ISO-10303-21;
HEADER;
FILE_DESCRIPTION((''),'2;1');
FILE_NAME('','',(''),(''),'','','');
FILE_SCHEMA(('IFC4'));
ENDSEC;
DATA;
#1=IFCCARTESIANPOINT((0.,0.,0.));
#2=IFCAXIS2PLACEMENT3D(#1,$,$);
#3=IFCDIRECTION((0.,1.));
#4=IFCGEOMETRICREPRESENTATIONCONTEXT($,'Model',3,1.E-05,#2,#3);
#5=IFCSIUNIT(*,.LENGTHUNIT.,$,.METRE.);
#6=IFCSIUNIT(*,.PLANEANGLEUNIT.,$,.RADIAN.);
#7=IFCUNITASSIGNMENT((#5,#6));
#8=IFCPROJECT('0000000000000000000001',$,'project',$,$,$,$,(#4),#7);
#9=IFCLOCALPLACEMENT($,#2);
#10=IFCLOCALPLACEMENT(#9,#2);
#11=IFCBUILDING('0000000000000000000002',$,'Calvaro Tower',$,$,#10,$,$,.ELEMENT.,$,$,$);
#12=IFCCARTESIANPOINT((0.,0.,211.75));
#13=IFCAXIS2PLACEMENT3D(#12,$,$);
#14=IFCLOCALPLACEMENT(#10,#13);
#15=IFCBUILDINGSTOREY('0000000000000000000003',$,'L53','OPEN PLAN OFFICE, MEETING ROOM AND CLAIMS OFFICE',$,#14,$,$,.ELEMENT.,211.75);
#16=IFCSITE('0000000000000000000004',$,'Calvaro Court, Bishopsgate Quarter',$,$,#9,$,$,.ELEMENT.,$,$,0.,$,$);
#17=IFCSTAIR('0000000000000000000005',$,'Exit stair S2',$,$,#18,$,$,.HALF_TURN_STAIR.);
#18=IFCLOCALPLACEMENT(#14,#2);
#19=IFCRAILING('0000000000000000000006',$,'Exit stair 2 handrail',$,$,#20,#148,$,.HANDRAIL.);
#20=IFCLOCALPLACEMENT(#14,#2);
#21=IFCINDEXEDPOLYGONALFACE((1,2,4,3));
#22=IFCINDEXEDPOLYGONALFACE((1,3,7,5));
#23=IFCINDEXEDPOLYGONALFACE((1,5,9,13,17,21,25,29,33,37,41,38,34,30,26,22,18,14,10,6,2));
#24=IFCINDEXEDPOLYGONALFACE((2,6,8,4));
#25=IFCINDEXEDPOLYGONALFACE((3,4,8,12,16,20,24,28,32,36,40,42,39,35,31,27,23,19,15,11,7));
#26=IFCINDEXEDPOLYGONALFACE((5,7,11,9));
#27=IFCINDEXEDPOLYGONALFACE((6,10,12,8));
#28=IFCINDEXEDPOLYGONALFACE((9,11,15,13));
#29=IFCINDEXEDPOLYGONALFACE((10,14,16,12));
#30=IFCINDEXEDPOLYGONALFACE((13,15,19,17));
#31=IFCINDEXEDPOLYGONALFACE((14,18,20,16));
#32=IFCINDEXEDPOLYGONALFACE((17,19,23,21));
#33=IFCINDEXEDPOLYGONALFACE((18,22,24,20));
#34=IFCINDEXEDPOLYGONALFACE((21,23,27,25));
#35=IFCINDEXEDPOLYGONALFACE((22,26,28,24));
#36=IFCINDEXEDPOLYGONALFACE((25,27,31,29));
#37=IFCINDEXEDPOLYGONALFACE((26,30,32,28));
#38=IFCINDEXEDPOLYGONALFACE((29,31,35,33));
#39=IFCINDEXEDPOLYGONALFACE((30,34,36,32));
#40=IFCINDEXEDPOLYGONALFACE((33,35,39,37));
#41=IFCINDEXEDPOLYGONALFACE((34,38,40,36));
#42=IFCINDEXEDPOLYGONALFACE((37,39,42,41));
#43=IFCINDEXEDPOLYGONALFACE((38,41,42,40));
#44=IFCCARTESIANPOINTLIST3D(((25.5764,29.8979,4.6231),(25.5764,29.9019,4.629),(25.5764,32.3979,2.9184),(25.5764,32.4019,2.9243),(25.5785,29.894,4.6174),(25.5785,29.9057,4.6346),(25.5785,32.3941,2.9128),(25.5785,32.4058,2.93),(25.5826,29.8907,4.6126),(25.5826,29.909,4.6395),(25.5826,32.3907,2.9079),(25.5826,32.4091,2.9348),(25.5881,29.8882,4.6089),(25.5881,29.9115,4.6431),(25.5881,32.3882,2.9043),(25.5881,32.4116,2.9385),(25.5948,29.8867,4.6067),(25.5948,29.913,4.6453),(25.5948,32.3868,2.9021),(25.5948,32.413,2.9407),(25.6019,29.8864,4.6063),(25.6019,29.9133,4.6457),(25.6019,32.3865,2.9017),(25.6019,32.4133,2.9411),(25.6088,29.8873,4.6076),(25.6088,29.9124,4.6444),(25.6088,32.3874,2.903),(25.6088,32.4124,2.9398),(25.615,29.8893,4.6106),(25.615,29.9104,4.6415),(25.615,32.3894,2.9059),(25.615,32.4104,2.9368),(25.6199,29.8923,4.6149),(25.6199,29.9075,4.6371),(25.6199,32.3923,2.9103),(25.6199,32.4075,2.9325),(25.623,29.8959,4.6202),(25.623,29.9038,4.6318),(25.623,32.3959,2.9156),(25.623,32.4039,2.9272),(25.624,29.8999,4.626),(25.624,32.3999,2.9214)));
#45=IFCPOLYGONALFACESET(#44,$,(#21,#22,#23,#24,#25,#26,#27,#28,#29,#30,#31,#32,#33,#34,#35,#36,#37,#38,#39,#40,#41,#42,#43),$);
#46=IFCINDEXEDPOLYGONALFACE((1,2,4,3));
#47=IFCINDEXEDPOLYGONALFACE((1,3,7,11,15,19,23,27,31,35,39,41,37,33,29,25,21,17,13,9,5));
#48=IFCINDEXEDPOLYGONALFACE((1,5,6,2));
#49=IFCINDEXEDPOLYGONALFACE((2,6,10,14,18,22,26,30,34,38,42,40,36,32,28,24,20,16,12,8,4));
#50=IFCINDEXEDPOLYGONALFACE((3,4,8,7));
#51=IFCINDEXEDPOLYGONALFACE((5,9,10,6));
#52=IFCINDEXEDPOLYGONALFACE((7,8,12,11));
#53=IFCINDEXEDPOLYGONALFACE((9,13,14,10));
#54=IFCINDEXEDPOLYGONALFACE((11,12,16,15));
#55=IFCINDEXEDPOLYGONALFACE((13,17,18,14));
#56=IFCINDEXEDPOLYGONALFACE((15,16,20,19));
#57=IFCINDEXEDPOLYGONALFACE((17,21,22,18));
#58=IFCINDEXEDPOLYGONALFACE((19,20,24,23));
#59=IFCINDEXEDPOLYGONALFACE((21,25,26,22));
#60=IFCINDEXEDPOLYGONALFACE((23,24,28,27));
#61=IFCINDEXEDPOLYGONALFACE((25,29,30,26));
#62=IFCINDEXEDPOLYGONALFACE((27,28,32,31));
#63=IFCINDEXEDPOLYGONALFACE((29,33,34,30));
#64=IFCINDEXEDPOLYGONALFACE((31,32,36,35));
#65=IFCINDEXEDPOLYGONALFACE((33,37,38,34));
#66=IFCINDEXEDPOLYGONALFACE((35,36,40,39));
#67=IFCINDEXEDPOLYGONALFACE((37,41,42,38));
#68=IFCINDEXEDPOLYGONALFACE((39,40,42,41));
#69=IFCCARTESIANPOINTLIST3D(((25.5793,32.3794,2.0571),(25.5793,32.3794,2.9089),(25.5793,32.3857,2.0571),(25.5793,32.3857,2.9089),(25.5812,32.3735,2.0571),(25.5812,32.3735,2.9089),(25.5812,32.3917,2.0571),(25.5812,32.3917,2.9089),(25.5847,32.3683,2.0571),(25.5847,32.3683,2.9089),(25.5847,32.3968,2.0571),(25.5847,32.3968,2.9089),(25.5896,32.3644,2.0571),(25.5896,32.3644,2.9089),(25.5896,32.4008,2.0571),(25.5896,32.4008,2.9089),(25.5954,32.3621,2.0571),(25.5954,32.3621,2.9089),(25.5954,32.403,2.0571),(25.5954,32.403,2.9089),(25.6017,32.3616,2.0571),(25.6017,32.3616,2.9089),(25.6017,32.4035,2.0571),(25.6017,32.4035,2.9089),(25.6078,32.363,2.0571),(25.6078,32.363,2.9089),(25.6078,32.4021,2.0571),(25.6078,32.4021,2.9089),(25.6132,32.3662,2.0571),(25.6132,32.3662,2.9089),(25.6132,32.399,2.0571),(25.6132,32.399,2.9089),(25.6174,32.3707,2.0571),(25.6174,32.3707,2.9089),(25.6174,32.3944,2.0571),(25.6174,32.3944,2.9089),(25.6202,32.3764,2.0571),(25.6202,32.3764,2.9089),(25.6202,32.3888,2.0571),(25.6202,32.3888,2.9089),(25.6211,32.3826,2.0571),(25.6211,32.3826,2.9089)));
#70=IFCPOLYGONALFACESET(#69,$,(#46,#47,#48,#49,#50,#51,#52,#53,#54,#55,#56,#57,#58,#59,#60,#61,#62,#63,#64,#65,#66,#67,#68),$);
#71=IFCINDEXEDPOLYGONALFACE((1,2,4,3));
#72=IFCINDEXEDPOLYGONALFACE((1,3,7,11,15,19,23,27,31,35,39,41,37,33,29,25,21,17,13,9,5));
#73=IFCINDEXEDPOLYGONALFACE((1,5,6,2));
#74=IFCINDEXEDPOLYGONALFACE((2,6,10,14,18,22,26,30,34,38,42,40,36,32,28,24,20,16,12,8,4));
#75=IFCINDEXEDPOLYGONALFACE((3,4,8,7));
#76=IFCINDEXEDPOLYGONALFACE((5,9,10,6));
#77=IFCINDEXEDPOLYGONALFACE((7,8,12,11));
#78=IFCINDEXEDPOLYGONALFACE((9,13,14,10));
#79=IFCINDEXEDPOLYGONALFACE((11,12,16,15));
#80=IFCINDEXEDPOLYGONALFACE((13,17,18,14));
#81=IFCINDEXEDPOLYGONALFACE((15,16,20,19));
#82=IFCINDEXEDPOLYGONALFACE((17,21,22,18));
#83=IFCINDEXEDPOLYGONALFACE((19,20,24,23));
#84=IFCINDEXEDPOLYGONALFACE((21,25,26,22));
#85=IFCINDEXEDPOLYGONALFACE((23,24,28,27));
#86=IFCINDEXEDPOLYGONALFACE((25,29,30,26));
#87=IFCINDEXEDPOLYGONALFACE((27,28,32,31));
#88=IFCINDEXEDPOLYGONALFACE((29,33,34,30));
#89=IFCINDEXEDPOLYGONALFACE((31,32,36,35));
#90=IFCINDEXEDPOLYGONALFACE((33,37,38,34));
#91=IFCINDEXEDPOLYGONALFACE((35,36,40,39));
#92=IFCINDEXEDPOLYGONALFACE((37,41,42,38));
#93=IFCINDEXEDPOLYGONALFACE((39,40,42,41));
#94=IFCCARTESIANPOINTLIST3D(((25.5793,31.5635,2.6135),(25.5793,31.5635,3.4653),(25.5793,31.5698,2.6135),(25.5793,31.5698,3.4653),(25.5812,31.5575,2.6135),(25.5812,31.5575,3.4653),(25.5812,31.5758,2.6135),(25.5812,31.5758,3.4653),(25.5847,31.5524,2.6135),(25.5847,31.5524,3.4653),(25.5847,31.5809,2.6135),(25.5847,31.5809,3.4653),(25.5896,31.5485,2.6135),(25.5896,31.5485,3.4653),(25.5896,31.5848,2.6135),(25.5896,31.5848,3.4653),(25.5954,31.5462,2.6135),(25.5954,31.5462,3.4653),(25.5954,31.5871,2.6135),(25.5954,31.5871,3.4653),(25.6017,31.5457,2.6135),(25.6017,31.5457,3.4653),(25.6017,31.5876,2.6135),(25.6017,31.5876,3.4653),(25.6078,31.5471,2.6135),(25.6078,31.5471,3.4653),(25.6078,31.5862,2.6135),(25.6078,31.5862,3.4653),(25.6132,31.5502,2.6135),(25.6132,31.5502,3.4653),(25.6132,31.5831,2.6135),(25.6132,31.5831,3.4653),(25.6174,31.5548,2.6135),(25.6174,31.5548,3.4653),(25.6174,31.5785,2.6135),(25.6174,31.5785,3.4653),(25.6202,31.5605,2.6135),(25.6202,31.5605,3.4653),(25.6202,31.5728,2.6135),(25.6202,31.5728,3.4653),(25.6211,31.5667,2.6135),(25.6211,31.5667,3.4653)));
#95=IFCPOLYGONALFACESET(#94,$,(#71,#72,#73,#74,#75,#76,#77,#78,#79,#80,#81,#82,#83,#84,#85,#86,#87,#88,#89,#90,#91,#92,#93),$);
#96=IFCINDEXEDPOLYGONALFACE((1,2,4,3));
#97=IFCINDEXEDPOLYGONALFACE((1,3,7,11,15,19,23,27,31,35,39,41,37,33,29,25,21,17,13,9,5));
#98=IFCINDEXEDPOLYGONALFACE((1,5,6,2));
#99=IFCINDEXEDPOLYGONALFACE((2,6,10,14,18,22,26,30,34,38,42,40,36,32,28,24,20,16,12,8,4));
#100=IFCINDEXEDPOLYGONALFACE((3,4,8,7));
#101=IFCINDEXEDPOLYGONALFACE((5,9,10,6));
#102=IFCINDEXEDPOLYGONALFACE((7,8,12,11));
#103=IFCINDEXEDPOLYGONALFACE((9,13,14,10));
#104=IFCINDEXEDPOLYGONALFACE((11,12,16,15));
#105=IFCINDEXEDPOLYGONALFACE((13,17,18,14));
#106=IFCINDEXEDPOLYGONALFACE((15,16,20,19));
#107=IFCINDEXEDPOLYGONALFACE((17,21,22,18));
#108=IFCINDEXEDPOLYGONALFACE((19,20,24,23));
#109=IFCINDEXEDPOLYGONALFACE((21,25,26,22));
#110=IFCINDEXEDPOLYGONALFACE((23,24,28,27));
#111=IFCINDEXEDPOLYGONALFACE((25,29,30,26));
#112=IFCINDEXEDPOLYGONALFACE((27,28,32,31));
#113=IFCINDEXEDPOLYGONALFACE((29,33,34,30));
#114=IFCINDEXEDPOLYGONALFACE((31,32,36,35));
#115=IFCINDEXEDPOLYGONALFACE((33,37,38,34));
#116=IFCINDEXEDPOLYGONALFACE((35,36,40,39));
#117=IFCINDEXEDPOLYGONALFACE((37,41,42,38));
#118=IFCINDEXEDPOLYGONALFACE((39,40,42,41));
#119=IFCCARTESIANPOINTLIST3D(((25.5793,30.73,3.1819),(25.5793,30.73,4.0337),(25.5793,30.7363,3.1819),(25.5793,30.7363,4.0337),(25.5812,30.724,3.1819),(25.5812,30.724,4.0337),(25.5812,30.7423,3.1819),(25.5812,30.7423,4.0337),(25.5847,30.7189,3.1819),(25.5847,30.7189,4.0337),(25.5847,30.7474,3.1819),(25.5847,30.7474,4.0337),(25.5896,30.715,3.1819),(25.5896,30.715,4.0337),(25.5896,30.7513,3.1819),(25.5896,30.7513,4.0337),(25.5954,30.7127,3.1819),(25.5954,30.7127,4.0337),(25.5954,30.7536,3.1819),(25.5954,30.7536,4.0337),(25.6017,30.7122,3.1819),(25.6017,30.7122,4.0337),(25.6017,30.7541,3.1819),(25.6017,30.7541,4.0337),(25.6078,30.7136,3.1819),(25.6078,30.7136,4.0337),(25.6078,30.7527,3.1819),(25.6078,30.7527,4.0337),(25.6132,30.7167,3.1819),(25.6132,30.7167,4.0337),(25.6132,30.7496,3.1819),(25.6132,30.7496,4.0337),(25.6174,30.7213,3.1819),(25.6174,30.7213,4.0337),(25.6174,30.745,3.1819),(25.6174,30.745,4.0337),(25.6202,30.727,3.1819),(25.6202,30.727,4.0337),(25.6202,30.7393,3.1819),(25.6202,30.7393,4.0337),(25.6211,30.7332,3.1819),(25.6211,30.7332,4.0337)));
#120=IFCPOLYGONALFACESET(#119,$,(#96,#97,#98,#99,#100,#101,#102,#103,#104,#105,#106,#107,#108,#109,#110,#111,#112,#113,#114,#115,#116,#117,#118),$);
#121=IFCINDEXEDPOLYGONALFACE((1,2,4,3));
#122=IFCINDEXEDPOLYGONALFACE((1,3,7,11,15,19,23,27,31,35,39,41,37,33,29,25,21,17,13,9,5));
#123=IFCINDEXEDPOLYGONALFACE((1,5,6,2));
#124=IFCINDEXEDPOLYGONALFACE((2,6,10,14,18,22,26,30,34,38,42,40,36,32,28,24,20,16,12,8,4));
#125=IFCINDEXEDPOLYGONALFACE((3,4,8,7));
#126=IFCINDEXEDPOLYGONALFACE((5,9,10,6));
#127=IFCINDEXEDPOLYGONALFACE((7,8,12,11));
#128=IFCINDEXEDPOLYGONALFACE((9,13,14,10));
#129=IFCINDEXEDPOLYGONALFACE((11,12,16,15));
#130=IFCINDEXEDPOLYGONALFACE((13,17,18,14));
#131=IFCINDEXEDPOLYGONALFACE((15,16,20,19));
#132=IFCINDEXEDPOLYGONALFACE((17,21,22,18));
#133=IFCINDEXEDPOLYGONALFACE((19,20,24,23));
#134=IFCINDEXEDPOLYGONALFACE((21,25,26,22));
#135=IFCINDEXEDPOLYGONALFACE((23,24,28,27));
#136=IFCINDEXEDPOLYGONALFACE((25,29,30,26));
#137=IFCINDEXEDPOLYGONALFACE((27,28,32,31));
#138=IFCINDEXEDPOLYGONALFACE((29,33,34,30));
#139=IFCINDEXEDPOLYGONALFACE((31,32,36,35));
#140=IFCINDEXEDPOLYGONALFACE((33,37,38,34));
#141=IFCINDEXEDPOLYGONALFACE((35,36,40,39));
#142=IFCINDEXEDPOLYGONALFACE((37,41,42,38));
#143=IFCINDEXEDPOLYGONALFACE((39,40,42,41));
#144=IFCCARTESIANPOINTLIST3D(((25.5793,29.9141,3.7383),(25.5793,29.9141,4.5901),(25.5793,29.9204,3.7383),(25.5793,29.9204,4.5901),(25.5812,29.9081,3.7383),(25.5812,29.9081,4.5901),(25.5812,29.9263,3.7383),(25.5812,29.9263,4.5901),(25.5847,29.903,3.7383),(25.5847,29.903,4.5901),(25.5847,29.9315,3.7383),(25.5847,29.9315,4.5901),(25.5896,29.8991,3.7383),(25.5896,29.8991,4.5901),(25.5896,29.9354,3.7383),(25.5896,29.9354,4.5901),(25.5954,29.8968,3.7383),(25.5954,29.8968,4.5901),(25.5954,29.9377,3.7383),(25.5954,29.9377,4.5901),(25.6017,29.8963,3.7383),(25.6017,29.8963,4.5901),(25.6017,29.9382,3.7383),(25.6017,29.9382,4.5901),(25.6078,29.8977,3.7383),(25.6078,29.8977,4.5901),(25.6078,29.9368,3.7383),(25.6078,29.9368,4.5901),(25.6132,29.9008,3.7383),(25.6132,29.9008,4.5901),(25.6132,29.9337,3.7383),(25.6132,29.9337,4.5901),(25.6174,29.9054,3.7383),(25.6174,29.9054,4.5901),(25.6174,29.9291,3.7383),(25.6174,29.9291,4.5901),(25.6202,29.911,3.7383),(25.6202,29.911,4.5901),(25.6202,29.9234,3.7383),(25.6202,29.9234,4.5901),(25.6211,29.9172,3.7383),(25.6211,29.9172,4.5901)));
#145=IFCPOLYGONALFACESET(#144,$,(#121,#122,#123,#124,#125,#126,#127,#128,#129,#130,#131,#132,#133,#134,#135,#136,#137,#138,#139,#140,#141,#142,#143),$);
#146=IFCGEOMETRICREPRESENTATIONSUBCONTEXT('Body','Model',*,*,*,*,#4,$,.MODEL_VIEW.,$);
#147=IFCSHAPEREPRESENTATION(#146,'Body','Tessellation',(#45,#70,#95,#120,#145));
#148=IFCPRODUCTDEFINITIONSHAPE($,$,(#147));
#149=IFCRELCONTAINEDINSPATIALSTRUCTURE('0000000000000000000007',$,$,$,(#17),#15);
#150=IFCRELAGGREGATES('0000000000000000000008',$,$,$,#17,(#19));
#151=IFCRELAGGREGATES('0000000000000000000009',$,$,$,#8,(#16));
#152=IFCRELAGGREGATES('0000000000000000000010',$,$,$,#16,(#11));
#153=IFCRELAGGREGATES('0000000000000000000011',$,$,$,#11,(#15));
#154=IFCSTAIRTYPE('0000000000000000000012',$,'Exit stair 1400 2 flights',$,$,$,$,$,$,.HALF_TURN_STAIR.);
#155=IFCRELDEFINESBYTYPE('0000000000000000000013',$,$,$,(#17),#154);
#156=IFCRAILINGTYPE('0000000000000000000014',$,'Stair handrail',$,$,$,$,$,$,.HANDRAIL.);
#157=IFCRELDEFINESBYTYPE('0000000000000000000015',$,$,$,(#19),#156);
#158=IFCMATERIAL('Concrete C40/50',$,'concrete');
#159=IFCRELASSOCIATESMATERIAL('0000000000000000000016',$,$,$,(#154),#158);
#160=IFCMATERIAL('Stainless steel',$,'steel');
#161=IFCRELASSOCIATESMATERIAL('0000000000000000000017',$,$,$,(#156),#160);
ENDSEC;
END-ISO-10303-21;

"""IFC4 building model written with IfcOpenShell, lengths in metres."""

from ifc_helpers import new_model, si_unit, direction, frame, origin, origin_2d, place, context, subcontext, project, spatial, circle, extrude, material, type_object, element, aggregate, save


model = new_model("IFC4")

# Units and contexts
model_context = context("Model", 3, precision=1e-05, world=origin(), true_north=direction((0.0, 1.0)))
body_context = subcontext(model_context, "Body", "Model", "MODEL_VIEW")
ifc_project = project(units=[si_unit("LENGTHUNIT", "METRE"), si_unit("PLANEANGLEUNIT", "RADIAN")], contexts=[model_context])

# Site, building, storey
site_placement = place(None, origin())
site = spatial("IfcSite", under=ifc_project, at=site_placement, Name="Calvaro Court, Bishopsgate Quarter", CompositionType="ELEMENT", RefElevation=0.0)
building_placement = place(site_placement, origin())
building = spatial("IfcBuilding", under=site, at=building_placement, Name="Calvaro Tower", CompositionType="ELEMENT")
storey_placement = place(building_placement, frame((0.0, 0.0, 211.75)))
storey = spatial("IfcBuildingStorey", under=building, at=storey_placement, Name="L53", Description="OPEN PLAN OFFICE, MEETING ROOM AND CLAIMS OFFICE", CompositionType="ELEMENT", Elevation=211.75)

# Stair, railing
ifc_material_1 = material(Name="Concrete C40/50", Category="concrete")
stair_type = type_object("IfcStairType", Name="Exit stair 1400 2 flights", PredefinedType="HALF_TURN_STAIR", material=ifc_material_1)
stair_placement = place(storey_placement, origin())
stair = element("IfcStair", 1, at=stair_placement, inside=storey, type_object=stair_type, Name="Exit stair S2", PredefinedType="HALF_TURN_STAIR")
ifc_material_2 = material(Name="Stainless steel", Category="steel")
railing_type = type_object("IfcRailingType", Name="Stair handrail", PredefinedType="HANDRAIL", material=ifc_material_2)
railing_1_placement = place(storey_placement, frame((25.6001, 32.3999, 2.0454)))
railing_1 = element("IfcRailing", 2, at=railing_1_placement, type_object=railing_type, Name="Exit stair 2 handrail", PredefinedType="HANDRAIL", context=body_context, shape_type="SweptSolid", body=[
    extrude(circle(Radius=0.0239, at=origin_2d()), frame((0.0, 0.0, 0.876), z_axis=(0.0, -0.826221, 0.563347), x_axis=(1.0, 0.0, 0.0)), (0.0, 0.0, 1.0), 3.0259),
    extrude(circle(Radius=0.021, at=origin_2d()), frame((0.0, -0.0173, 0.0117)), (0.0, 0.0, 1.0), 0.8518),
    extrude(circle(Radius=0.021, at=origin_2d()), frame((0.0, -0.8333, 0.5681)), (0.0, 0.0, 1.0), 0.8518),
    extrude(circle(Radius=0.021, at=origin_2d()), frame((0.0, -1.6667, 1.1365)), (0.0, 0.0, 1.0), 0.8518),
    extrude(circle(Radius=0.021, at=origin_2d()), frame((0.0, -2.4827, 1.6929)), (0.0, 0.0, 1.0), 0.8518),
])
aggregate(stair, [railing_1])

save(model, "model.ifc")
